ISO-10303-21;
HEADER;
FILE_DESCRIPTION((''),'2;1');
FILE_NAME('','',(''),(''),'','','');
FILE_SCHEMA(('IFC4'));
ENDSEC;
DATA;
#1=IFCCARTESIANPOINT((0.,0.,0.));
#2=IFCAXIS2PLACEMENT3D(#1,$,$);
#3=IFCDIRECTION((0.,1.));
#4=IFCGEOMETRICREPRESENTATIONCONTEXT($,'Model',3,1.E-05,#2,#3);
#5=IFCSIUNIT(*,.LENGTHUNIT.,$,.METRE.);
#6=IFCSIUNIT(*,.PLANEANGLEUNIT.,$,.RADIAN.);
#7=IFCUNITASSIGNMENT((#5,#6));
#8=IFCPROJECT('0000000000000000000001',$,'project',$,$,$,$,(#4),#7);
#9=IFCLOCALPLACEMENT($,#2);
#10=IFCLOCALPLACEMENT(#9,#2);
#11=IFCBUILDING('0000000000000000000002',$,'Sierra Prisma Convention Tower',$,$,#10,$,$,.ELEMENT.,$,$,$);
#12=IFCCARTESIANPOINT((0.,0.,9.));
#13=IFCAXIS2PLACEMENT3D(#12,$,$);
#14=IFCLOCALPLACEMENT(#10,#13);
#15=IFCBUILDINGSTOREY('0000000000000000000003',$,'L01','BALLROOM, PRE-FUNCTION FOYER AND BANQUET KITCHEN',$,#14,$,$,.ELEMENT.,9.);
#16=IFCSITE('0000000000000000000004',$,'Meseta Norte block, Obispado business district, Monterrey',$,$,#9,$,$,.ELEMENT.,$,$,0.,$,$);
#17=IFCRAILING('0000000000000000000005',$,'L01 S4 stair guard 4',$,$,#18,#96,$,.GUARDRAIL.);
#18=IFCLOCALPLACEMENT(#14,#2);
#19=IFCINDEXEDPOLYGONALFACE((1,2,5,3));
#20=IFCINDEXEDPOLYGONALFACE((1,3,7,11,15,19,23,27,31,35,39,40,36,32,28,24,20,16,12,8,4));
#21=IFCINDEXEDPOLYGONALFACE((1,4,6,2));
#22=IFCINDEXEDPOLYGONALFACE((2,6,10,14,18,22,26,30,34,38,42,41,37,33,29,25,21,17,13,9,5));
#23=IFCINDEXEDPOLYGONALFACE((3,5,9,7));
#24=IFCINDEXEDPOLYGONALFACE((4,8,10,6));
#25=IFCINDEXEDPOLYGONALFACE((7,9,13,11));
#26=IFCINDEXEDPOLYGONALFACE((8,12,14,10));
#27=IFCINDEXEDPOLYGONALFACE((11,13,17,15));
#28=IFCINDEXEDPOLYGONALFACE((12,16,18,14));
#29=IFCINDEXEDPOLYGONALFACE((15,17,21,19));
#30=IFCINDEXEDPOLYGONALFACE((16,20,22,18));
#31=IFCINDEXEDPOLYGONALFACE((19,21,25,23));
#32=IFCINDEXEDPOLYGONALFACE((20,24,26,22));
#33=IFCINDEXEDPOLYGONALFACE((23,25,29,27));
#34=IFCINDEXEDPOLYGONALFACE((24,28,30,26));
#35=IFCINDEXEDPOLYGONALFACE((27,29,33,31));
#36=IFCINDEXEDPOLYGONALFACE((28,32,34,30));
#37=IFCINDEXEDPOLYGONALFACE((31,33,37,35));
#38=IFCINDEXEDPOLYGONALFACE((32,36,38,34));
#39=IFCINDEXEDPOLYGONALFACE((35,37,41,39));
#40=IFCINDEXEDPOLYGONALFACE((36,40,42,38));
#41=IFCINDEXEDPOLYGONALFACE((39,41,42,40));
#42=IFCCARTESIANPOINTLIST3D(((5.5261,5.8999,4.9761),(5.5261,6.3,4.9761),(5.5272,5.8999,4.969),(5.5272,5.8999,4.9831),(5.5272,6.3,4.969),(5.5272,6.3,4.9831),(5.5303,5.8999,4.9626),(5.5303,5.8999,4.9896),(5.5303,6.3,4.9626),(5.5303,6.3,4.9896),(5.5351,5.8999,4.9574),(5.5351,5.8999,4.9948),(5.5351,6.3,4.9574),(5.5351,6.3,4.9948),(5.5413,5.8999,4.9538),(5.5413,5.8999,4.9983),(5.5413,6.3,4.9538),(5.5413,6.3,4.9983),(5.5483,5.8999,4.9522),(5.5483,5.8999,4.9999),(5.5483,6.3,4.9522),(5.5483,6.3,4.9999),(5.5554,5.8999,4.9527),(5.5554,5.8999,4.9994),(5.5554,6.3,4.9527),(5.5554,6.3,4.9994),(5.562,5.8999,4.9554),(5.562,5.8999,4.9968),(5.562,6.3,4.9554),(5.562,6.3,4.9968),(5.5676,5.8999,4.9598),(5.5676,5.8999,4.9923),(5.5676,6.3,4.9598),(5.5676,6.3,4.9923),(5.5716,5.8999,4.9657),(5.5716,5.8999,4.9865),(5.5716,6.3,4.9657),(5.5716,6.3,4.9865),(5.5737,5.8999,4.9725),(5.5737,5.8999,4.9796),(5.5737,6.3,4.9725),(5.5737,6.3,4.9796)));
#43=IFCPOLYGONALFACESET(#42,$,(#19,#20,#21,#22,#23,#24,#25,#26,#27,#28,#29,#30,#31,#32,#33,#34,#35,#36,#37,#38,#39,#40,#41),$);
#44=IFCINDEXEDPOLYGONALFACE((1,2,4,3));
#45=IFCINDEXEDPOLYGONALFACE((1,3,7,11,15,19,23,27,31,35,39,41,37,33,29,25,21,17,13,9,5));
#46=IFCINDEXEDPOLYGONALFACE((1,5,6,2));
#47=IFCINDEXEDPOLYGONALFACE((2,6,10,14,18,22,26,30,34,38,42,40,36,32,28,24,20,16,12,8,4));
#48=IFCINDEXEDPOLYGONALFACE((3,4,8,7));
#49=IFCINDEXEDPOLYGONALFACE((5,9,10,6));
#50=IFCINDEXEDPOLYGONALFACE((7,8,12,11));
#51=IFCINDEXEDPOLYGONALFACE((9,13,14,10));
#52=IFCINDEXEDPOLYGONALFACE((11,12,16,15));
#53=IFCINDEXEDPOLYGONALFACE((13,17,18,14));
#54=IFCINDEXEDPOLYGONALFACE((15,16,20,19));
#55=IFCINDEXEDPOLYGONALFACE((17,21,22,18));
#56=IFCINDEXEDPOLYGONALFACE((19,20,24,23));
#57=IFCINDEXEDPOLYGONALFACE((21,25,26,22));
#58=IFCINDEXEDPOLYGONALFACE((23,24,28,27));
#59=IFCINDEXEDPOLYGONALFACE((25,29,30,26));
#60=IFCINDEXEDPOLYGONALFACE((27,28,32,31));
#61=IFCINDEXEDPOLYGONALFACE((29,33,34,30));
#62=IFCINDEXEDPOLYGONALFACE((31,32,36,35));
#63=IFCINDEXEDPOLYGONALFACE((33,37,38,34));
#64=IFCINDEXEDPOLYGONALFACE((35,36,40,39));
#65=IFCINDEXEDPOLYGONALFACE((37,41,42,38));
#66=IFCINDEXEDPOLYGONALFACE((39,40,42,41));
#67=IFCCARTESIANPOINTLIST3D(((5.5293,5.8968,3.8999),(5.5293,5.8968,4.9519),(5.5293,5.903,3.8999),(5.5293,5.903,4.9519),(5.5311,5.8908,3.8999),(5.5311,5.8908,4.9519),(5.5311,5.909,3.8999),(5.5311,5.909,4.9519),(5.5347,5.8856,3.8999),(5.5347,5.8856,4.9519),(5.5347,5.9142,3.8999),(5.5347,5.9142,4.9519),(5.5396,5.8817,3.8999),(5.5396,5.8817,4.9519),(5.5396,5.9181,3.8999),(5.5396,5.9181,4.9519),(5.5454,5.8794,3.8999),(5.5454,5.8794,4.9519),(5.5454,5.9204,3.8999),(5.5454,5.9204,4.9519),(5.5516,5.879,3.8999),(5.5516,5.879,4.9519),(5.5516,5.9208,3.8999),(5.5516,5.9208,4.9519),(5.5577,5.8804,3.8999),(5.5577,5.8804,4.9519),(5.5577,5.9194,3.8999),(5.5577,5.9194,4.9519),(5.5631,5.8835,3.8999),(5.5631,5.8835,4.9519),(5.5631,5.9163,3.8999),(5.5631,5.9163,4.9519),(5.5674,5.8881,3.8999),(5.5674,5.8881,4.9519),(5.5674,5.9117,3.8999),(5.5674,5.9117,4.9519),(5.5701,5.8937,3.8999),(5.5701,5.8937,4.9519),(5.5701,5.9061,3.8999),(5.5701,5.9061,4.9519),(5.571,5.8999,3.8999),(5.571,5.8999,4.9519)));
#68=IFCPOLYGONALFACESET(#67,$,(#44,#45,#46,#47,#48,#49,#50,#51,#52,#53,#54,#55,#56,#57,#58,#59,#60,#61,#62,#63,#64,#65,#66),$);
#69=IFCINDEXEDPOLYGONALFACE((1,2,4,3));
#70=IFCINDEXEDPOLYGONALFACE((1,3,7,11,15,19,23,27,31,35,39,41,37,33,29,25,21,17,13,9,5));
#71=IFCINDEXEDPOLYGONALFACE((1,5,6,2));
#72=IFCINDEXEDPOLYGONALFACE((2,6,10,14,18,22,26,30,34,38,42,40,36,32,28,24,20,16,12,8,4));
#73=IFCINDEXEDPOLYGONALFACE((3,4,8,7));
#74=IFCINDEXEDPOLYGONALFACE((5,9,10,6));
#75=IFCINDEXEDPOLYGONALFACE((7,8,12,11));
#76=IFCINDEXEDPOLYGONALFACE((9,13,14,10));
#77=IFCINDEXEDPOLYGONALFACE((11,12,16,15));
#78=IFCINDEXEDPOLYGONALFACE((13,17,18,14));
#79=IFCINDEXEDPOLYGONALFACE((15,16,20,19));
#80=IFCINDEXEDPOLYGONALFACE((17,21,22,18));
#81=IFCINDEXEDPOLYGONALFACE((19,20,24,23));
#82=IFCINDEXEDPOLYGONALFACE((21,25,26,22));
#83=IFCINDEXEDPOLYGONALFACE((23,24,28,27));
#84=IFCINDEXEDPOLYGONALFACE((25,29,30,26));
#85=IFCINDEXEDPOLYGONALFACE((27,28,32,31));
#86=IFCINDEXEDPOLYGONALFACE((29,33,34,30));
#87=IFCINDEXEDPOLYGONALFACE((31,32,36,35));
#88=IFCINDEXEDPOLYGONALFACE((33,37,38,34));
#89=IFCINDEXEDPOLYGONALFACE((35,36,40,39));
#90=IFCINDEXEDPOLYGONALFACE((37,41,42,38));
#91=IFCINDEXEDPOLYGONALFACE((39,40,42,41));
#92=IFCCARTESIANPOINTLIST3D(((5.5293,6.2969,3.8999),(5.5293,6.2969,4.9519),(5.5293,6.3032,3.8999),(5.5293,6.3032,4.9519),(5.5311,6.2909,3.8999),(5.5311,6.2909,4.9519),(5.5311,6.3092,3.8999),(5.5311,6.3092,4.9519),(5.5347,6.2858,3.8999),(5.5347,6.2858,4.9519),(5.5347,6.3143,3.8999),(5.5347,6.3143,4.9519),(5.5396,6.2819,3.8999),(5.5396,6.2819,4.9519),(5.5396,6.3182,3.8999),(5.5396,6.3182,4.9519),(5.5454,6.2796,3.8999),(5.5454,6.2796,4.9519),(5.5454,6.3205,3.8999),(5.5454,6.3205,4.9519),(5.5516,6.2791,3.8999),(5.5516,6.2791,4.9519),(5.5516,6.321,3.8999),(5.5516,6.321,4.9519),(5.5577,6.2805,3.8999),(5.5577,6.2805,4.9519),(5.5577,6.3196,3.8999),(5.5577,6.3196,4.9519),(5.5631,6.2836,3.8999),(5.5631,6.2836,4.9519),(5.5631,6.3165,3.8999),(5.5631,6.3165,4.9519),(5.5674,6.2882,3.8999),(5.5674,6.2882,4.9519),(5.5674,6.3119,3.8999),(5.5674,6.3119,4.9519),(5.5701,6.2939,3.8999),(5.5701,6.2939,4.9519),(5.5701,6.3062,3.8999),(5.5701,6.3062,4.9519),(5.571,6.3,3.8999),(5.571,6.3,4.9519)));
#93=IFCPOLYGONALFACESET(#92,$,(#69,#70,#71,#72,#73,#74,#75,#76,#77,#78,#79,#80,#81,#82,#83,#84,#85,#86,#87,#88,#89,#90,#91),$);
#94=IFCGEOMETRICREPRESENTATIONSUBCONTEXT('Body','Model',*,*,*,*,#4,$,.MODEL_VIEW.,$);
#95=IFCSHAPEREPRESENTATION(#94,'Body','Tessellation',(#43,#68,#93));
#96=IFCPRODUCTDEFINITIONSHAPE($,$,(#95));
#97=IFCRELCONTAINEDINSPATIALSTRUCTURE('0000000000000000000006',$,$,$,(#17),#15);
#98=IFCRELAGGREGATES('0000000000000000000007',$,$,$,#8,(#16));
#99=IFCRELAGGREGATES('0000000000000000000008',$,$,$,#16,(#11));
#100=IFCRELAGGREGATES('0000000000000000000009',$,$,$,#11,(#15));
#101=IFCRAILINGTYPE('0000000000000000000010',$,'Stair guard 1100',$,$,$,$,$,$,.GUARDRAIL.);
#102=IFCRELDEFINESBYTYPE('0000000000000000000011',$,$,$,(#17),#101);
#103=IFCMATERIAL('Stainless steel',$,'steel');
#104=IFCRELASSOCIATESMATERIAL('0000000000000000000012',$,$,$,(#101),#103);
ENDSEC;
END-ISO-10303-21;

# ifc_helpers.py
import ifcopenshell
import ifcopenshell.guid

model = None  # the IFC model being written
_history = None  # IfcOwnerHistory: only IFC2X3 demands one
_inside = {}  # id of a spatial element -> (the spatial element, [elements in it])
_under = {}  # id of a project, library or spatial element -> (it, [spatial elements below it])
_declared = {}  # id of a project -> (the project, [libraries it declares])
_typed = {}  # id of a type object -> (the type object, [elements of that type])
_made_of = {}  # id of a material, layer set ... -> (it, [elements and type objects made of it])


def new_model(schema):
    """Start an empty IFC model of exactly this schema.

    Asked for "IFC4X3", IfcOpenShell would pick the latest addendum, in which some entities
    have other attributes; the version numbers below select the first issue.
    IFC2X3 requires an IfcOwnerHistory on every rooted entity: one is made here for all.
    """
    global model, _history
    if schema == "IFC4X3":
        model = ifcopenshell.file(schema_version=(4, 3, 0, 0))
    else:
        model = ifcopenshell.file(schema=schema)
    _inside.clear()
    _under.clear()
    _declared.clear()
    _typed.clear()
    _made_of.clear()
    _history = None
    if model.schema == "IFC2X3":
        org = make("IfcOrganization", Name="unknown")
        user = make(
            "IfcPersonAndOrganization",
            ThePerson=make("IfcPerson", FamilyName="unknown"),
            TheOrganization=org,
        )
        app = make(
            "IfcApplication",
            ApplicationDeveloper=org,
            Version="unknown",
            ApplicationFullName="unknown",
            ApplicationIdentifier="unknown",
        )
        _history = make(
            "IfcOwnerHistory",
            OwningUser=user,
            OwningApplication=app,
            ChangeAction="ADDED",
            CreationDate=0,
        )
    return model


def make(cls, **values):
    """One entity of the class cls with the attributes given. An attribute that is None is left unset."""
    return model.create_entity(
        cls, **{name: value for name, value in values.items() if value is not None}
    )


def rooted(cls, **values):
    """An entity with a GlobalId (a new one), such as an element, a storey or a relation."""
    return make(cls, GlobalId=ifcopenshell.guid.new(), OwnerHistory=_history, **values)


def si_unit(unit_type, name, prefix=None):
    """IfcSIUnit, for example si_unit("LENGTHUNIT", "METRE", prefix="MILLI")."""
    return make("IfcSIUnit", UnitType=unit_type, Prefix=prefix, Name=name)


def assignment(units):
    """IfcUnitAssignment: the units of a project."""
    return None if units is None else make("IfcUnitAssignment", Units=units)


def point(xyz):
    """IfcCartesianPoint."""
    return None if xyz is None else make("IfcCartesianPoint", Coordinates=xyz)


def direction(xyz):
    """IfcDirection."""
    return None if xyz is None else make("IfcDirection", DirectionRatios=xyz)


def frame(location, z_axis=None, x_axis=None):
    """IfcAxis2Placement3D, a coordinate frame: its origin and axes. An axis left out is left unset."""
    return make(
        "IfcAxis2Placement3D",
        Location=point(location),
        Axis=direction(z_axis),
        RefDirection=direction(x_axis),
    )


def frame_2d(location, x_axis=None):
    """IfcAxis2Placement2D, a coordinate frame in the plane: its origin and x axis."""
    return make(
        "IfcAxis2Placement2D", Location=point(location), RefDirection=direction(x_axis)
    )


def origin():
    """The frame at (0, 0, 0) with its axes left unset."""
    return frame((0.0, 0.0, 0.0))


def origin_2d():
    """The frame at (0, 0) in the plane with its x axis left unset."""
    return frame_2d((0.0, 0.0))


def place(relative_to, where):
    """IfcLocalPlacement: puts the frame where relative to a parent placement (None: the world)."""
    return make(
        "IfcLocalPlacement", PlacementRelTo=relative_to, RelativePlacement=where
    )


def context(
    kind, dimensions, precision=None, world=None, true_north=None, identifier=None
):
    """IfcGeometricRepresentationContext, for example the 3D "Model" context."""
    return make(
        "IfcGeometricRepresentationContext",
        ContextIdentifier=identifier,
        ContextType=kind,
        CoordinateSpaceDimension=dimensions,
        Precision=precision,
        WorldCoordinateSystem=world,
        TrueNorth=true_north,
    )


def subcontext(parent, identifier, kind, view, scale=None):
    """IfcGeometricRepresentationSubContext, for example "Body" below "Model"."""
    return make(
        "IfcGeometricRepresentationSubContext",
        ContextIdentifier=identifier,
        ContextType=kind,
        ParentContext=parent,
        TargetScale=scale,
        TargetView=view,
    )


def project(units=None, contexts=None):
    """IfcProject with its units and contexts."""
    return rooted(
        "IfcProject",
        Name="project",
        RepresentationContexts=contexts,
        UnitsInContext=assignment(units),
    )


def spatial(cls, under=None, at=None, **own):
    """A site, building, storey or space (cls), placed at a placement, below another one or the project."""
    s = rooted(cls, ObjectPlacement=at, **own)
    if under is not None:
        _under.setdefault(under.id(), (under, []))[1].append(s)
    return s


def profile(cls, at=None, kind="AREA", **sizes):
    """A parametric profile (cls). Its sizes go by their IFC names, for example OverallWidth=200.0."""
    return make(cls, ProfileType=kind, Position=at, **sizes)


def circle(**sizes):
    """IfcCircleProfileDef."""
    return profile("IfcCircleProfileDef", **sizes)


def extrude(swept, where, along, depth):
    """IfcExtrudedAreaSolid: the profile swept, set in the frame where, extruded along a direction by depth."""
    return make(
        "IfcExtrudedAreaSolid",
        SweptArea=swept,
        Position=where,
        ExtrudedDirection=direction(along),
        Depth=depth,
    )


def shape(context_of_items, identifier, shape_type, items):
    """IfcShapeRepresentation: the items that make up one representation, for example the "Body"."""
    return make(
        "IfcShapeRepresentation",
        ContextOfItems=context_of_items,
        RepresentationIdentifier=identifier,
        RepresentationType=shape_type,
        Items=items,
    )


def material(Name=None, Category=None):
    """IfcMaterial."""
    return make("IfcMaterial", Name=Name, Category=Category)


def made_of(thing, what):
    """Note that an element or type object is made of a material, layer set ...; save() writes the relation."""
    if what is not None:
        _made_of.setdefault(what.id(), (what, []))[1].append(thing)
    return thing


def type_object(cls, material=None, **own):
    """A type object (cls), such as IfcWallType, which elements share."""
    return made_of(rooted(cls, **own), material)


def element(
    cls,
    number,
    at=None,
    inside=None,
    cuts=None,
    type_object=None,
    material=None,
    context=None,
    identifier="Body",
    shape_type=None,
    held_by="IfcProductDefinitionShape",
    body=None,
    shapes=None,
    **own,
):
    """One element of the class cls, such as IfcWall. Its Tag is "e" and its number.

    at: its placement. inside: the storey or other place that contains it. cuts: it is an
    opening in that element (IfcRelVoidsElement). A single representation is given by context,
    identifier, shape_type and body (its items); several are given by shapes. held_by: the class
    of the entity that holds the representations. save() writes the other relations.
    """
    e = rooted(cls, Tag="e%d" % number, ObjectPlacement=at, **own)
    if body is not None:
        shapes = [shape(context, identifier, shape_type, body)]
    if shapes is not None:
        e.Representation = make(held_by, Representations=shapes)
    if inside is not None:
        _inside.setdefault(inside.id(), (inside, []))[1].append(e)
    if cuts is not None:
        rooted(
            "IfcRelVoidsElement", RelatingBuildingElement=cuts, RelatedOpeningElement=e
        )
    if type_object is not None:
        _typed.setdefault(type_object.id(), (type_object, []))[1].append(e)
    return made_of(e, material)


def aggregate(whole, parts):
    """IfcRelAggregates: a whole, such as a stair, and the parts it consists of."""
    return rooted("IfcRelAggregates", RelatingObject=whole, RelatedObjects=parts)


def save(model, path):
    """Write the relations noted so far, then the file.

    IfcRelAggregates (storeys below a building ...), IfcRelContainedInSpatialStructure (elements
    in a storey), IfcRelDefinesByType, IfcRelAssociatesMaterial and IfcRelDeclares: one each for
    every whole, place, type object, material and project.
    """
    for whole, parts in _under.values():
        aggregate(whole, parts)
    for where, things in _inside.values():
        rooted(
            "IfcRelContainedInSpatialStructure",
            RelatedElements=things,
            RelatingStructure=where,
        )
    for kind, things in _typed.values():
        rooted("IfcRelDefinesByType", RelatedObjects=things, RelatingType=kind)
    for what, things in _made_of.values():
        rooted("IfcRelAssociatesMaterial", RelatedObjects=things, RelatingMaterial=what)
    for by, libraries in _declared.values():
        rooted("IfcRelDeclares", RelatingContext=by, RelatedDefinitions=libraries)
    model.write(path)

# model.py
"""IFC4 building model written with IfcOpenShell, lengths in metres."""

from ifc_helpers import new_model, si_unit, direction, frame, origin, origin_2d, place, context, subcontext, project, spatial, circle, extrude, material, type_object, element, save


model = new_model("IFC4")

# Units and contexts
model_context = context("Model", 3, precision=1e-05, world=origin(), true_north=direction((0.0, 1.0)))
body_context = subcontext(model_context, "Body", "Model", "MODEL_VIEW")
ifc_project = project(units=[si_unit("LENGTHUNIT", "METRE"), si_unit("PLANEANGLEUNIT", "RADIAN")], contexts=[model_context])

# Site, building, storey
site_placement = place(None, origin())
site = spatial("IfcSite", under=ifc_project, at=site_placement, Name="Meseta Norte block, Obispado business district, Monterrey", CompositionType="ELEMENT", RefElevation=0.0)
building_placement = place(site_placement, origin())
building = spatial("IfcBuilding", under=site, at=building_placement, Name="Sierra Prisma Convention Tower", CompositionType="ELEMENT")
storey_placement = place(building_placement, frame((0.0, 0.0, 9.0)))
storey = spatial("IfcBuildingStorey", under=building, at=storey_placement, Name="L01", Description="BALLROOM, PRE-FUNCTION FOYER AND BANQUET KITCHEN", CompositionType="ELEMENT", Elevation=9.0)

# Railing
ifc_material_1 = material(Name="Stainless steel", Category="steel")
railing_type_1 = type_object("IfcRailingType", Name="Stair guard 1100", PredefinedType="GUARDRAIL", material=ifc_material_1)
railing_1_placement = place(storey_placement, frame((5.55, 5.8999, 3.8999)))
element("IfcRailing", 1, at=railing_1_placement, inside=storey, type_object=railing_type_1, Name="L01 S4 stair guard 4", PredefinedType="GUARDRAIL", context=body_context, shape_type="SweptSolid", body=[
    extrude(circle(Radius=0.0239, at=origin_2d()), frame((0.0, 0.0, 1.0762), z_axis=(0.0, 1.0, 0.0), x_axis=(-1.0, 0.0, 0.0)), (0.0, 0.0, 1.0), 0.4001),
    extrude(circle(Radius=0.021, at=origin_2d()), origin(), (0.0, 0.0, 1.0), 1.052),
    extrude(circle(Radius=0.021, at=origin_2d()), frame((0.0, 0.4001, 0.0)), (0.0, 0.0, 1.0), 1.052),
])

save(model, "model.ifc")
